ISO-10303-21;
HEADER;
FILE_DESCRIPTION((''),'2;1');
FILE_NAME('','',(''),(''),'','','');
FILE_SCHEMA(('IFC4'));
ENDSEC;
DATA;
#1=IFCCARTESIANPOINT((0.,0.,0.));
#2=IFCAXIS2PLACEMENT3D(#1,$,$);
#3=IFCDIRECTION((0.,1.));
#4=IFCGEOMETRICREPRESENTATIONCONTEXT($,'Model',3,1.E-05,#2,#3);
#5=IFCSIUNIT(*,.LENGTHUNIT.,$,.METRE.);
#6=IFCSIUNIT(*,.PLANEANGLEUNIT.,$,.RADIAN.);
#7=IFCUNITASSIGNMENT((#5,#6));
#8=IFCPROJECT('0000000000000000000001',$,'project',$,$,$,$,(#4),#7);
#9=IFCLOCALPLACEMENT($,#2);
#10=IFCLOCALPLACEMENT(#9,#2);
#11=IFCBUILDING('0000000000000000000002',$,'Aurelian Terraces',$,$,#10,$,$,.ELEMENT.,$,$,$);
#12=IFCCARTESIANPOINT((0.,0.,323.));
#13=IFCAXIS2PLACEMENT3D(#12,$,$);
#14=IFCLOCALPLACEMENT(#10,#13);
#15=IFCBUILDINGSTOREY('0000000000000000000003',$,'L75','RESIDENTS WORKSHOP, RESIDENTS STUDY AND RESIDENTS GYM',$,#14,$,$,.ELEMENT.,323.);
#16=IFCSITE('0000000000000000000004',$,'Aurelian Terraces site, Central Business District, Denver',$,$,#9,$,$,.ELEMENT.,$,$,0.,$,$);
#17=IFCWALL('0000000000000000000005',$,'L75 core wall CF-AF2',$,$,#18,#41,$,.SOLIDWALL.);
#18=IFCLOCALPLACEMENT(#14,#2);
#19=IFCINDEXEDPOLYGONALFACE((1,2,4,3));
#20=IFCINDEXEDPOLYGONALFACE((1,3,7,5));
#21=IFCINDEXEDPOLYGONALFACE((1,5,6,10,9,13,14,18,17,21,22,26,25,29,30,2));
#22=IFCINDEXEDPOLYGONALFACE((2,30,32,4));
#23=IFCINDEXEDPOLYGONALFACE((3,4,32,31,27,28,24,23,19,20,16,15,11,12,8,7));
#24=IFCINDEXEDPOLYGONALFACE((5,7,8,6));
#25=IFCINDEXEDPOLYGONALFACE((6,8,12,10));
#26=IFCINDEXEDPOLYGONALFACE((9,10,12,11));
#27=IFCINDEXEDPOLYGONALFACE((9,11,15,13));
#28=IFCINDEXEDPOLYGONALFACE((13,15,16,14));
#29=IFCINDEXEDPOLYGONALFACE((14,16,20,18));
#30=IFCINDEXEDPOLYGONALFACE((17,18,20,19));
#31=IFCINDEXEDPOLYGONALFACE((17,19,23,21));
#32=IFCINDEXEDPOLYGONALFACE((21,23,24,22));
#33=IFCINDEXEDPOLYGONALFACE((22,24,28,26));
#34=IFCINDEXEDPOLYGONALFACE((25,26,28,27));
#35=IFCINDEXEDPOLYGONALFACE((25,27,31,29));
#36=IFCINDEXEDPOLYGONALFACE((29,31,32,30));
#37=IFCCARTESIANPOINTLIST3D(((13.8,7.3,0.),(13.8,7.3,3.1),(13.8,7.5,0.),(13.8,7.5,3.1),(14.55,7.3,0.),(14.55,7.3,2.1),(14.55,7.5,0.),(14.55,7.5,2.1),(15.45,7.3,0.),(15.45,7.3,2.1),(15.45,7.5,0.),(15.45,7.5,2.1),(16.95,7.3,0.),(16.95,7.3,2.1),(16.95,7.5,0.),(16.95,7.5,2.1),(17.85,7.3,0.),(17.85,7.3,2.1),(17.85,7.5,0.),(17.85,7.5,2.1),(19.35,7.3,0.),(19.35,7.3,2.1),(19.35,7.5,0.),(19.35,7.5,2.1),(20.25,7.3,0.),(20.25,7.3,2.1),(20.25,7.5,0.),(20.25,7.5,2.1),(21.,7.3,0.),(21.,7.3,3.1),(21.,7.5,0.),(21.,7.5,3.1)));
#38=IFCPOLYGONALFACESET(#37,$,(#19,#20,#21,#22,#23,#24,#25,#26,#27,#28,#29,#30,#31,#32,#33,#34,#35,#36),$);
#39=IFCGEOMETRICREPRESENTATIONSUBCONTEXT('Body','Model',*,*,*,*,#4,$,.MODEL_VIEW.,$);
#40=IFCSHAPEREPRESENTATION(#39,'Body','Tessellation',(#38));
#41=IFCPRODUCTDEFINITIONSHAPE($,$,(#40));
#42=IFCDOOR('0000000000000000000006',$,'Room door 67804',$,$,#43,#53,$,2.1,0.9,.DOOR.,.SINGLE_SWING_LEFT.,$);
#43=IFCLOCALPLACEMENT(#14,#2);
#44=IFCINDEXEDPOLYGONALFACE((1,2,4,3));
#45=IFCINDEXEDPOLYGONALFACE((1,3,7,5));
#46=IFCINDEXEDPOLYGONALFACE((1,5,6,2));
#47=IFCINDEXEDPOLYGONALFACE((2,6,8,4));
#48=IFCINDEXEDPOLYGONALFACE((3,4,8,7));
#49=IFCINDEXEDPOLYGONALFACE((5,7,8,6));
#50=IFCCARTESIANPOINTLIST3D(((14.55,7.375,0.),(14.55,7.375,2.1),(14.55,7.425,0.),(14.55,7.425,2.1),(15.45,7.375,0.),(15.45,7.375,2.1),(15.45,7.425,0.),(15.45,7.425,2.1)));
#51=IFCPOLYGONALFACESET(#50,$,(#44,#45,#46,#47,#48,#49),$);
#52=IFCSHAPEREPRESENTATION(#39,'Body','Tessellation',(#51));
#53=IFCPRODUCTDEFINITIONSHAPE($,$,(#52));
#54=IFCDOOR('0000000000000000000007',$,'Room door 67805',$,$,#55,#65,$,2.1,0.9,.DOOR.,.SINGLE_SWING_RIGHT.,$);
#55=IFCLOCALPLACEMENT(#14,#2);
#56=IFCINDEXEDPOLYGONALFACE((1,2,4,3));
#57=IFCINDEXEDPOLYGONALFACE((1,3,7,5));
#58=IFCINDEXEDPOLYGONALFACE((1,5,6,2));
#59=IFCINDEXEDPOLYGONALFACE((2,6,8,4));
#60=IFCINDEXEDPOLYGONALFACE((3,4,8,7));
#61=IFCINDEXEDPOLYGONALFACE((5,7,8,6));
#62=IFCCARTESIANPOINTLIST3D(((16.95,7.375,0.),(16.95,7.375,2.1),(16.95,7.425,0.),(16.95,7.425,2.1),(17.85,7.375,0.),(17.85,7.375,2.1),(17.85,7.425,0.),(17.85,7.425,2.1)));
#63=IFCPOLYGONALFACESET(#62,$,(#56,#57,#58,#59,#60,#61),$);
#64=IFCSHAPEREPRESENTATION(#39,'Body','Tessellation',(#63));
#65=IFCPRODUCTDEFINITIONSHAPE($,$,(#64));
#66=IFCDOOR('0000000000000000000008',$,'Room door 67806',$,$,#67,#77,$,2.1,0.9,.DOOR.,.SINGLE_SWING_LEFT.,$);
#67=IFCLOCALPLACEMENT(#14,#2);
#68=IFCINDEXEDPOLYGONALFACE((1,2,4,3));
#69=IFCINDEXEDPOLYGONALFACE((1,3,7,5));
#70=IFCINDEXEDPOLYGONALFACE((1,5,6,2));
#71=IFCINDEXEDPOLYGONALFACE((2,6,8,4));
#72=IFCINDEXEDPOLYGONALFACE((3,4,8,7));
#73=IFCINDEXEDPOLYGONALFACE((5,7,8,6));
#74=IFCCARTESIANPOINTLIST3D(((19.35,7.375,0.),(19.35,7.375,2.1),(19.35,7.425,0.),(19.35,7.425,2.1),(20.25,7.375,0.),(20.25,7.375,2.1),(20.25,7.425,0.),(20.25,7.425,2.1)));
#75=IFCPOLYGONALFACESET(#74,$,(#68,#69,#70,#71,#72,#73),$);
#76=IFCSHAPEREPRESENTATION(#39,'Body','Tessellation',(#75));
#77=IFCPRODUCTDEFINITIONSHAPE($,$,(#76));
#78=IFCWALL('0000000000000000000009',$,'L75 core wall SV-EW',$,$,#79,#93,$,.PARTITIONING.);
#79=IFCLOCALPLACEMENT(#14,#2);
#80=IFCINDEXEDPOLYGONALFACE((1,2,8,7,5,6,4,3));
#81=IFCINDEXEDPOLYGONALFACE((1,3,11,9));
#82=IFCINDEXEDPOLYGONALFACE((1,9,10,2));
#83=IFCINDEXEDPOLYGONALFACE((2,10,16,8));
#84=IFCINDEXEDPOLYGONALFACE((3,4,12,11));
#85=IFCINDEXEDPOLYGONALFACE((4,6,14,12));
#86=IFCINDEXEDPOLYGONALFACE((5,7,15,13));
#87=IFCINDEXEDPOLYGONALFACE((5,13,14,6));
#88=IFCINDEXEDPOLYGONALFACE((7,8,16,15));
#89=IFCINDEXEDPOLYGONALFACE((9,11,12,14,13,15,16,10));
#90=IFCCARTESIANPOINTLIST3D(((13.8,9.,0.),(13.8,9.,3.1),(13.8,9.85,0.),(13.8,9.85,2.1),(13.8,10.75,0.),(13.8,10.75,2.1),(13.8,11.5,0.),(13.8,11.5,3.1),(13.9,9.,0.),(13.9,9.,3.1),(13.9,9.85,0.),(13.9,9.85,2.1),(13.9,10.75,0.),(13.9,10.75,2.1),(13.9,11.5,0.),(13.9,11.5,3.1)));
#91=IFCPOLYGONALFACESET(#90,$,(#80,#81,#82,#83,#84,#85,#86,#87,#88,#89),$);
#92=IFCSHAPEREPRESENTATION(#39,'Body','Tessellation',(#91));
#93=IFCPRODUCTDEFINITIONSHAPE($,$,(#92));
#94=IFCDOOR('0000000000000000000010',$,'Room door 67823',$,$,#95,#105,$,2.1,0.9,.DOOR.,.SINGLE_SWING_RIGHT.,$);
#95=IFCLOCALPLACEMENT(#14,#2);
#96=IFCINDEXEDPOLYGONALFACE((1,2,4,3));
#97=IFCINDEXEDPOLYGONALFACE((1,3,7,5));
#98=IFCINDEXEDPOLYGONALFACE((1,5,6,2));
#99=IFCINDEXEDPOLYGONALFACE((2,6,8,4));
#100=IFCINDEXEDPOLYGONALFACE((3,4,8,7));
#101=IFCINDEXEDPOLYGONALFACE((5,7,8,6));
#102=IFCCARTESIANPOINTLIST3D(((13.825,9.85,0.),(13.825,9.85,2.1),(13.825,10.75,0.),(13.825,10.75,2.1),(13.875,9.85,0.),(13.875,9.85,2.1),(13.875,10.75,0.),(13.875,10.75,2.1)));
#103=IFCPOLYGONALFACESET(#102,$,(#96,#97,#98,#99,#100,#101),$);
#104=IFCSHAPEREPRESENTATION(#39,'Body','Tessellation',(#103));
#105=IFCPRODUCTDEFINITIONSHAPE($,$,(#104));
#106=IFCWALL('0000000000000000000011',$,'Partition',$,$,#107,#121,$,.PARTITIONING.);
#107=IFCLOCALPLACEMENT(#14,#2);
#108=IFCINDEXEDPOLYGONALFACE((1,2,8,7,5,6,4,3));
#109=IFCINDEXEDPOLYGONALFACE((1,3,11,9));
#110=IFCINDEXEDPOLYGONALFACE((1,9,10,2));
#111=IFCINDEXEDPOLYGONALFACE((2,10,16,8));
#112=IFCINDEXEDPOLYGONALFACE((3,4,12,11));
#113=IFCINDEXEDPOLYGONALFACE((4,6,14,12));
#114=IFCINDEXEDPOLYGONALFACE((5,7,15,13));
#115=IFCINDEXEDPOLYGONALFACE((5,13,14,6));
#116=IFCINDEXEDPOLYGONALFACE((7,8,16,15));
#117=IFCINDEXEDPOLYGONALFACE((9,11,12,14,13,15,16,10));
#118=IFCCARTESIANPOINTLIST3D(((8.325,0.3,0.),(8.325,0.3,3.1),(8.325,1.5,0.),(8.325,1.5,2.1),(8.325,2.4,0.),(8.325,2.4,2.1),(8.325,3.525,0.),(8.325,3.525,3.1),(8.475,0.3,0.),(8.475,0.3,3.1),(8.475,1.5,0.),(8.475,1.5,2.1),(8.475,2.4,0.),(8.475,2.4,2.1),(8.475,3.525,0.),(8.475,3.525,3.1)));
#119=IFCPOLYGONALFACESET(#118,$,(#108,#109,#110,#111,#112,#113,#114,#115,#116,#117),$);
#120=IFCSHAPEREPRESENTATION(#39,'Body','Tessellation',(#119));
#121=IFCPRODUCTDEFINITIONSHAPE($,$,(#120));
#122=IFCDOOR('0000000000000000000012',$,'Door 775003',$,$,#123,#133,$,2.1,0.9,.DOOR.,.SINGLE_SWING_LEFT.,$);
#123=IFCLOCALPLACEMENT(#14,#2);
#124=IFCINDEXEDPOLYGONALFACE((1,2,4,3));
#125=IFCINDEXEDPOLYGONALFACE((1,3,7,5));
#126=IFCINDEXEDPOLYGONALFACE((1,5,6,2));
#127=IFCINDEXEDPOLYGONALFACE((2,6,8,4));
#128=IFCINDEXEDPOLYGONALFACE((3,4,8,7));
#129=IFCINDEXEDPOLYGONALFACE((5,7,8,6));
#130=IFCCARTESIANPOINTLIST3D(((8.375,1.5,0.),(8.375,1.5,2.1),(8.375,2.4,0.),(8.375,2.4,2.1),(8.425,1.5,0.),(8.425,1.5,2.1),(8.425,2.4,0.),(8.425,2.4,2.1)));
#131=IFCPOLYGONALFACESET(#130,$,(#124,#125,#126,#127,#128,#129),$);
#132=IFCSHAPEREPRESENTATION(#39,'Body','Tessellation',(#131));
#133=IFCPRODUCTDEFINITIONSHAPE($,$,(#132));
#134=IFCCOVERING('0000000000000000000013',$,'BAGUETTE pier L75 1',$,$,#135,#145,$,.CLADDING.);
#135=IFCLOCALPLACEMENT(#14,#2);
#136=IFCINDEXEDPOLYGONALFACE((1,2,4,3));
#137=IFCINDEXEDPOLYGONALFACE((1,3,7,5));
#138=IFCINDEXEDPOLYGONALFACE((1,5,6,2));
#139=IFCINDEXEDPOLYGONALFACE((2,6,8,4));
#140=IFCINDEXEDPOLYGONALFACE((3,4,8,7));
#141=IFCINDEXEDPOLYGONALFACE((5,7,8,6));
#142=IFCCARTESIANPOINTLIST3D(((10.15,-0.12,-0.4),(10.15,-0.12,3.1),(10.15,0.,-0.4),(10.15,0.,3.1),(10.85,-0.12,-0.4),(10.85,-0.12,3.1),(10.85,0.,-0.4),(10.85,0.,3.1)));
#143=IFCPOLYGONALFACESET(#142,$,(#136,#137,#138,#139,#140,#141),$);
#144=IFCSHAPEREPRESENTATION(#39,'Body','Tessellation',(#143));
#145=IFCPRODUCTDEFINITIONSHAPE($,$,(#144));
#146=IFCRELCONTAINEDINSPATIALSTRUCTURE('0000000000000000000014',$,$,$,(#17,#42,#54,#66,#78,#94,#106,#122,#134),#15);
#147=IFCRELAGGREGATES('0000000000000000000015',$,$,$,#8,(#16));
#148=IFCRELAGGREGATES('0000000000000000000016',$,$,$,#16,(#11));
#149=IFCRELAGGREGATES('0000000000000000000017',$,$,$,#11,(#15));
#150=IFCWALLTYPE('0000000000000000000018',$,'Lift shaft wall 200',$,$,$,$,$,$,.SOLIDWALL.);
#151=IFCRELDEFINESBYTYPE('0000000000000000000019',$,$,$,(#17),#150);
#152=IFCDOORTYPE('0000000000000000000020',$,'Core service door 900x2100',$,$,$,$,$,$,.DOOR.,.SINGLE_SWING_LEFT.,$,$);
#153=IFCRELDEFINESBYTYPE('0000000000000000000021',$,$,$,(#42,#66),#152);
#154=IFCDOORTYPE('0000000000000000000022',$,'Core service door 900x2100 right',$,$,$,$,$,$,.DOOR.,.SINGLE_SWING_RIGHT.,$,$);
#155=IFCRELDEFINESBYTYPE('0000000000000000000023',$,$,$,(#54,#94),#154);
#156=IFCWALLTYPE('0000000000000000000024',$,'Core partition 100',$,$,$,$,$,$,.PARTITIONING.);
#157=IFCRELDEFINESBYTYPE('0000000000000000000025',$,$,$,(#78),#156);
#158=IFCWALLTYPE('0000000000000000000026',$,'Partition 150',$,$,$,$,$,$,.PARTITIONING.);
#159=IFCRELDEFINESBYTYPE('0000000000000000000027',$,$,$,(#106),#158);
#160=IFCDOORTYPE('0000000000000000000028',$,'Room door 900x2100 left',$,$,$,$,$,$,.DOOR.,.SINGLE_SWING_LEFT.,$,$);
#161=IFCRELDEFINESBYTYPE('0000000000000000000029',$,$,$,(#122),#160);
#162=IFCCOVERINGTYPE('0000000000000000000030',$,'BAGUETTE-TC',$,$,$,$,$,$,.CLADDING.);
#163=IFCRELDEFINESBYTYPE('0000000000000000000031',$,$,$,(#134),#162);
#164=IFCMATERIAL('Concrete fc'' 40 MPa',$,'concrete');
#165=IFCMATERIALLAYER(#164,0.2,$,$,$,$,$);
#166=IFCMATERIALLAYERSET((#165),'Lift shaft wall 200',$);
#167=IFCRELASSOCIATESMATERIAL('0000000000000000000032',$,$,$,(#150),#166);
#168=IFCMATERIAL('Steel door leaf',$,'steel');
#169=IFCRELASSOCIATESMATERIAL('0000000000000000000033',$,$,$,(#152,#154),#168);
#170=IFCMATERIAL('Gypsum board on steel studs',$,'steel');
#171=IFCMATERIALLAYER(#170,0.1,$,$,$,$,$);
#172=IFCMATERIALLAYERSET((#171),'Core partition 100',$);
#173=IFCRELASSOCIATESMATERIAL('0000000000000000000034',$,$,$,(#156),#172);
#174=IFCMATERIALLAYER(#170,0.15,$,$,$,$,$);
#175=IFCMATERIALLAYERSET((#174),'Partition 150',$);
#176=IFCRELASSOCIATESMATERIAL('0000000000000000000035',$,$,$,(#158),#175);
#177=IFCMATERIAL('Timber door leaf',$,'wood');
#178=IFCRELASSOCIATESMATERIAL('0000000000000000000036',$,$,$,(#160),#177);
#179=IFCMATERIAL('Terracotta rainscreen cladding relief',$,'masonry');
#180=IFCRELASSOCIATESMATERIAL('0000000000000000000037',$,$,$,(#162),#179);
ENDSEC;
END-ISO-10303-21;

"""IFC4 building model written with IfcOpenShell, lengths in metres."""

from ifc_helpers import new_model, si_unit, direction, frame, frame_2d, origin, origin_2d, place, context, subcontext, project, spatial, rectangle, extrude, source, transform, mapped, material, layer, layer_set, type_object, element, fill, save


model = new_model("IFC4")

# Units and contexts
model_context = context("Model", 3, precision=1e-05, world=origin(), true_north=direction((0.0, 1.0)))
body_context = subcontext(model_context, "Body", "Model", "MODEL_VIEW")
ifc_project = project(units=[si_unit("LENGTHUNIT", "METRE"), si_unit("PLANEANGLEUNIT", "RADIAN")], contexts=[model_context])

# Site, building, storey
site_placement = place(None, origin())
site = spatial("IfcSite", under=ifc_project, at=site_placement, Name="Aurelian Terraces site, Central Business District, Denver", CompositionType="ELEMENT", RefElevation=0.0)
building_placement = place(site_placement, origin())
building = spatial("IfcBuilding", under=site, at=building_placement, Name="Aurelian Terraces", CompositionType="ELEMENT")
storey_placement = place(building_placement, frame((0.0, 0.0, 323.0)))
storey = spatial("IfcBuildingStorey", under=building, at=storey_placement, Name="L75", Description="RESIDENTS WORKSHOP, RESIDENTS STUDY AND RESIDENTS GYM", CompositionType="ELEMENT", Elevation=323.0)

# Shared definitions
ifc_material_1 = material(Name="Concrete fc' 40 MPa", Category="concrete")
ifc_layer_1 = layer(ifc_material_1, 0.2)
ifc_layer_set_1 = layer_set([ifc_layer_1], Name="Lift shaft wall 200")
wall_type_1 = type_object("IfcWallType", Name="Lift shaft wall 200", PredefinedType="SOLIDWALL", material=ifc_layer_set_1)
ifc_material_2 = material(Name="Gypsum board on steel studs", Category="steel")

# Wall, openings, doors
shared_shape_1 = source(origin(), body_context, "Body", "SweptSolid", [
    extrude(rectangle(XDim=7.2, YDim=0.2, at=frame_2d((3.6, 0.0))), origin(), (0.0, 0.0, 1.0), 3.1),
])
wall_1_placement = place(storey_placement, frame((13.8, 7.4, 0.0), z_axis=(0.0, 0.0, 1.0), x_axis=(1.0, 0.0, 0.0)))
wall_1 = element("IfcWall", 1, at=wall_1_placement, inside=storey, type_object=wall_type_1, Name="L75 core wall CF-AF2", PredefinedType="SOLIDWALL", context=body_context, shape_type="MappedRepresentation", body=[
    mapped(shared_shape_1, transform((0.0, 0.0, 0.0), scale=1.0)),
])
shared_shape_2 = source(origin(), body_context, "Body", "SweptSolid", [
    extrude(rectangle(XDim=0.9, YDim=2.1, at=frame_2d((0.45, 1.05))), frame((0.0, 0.11, 0.0), z_axis=(0.0, -1.0, 0.0), x_axis=(1.0, 0.0, 0.0)), (0.0, 0.0, 1.0), 0.22),
])
opening_1_placement = place(wall_1_placement, frame((0.75, 0.0, 0.0)))
opening_1 = element("IfcOpeningElement", 2, at=opening_1_placement, cuts=wall_1, PredefinedType="OPENING", context=body_context, shape_type="MappedRepresentation", body=[
    mapped(shared_shape_2, transform((0.0, 0.0, 0.0), scale=1.0)),
])
opening_2_placement = place(wall_1_placement, frame((3.15, 0.0, 0.0)))
opening_2 = element("IfcOpeningElement", 3, at=opening_2_placement, cuts=wall_1, PredefinedType="OPENING", context=body_context, shape_type="MappedRepresentation", body=[
    mapped(shared_shape_2, transform((0.0, 0.0, 0.0), scale=1.0)),
])
opening_3_placement = place(wall_1_placement, frame((5.55, 0.0, 0.0)))
opening_3 = element("IfcOpeningElement", 4, at=opening_3_placement, cuts=wall_1, PredefinedType="OPENING", context=body_context, shape_type="MappedRepresentation", body=[
    mapped(shared_shape_2, transform((0.0, 0.0, 0.0), scale=1.0)),
])
ifc_material_3 = material(Name="Steel door leaf", Category="steel")
door_type_1 = type_object("IfcDoorType", Name="Core service door 900x2100", OperationType="SINGLE_SWING_LEFT", PredefinedType="DOOR", material=ifc_material_3)
shared_shape_3 = source(origin(), body_context, "Body", "SweptSolid", [
    extrude(rectangle(XDim=0.9, YDim=2.1, at=frame_2d((0.45, 1.05))), frame((0.0, 0.025, 0.0), z_axis=(0.0, -1.0, 0.0), x_axis=(1.0, 0.0, 0.0)), (0.0, 0.0, 1.0), 0.05),
])
door_1_placement = place(opening_1_placement, origin())
door_1 = element("IfcDoor", 5, at=door_1_placement, inside=storey, type_object=door_type_1, Name="Room door 67804", OperationType="SINGLE_SWING_LEFT", OverallHeight=2.1, OverallWidth=0.9, PredefinedType="DOOR", context=body_context, shape_type="MappedRepresentation", body=[
    mapped(shared_shape_3, transform((0.0, 0.0, 0.0), scale=1.0)),
])
fill(opening_1, door_1)
door_type_2 = type_object("IfcDoorType", Name="Core service door 900x2100 right", OperationType="SINGLE_SWING_RIGHT", PredefinedType="DOOR", material=ifc_material_3)
door_2_placement = place(opening_2_placement, origin())
door_2 = element("IfcDoor", 6, at=door_2_placement, inside=storey, type_object=door_type_2, Name="Room door 67805", OperationType="SINGLE_SWING_RIGHT", OverallHeight=2.1, OverallWidth=0.9, PredefinedType="DOOR", context=body_context, shape_type="MappedRepresentation", body=[
    mapped(shared_shape_3, transform((0.0, 0.0, 0.0), scale=1.0)),
])
fill(opening_2, door_2)
door_3_placement = place(opening_3_placement, origin())
door_3 = element("IfcDoor", 7, at=door_3_placement, inside=storey, type_object=door_type_1, Name="Room door 67806", OperationType="SINGLE_SWING_LEFT", OverallHeight=2.1, OverallWidth=0.9, PredefinedType="DOOR", context=body_context, shape_type="MappedRepresentation", body=[
    mapped(shared_shape_3, transform((0.0, 0.0, 0.0), scale=1.0)),
])
fill(opening_3, door_3)

# Walls, openings, doors
ifc_layer_2 = layer(ifc_material_2, 0.1)
ifc_layer_set_2 = layer_set([ifc_layer_2], Name="Core partition 100")
wall_type_2 = type_object("IfcWallType", Name="Core partition 100", PredefinedType="PARTITIONING", material=ifc_layer_set_2)
shared_shape_4 = source(origin(), body_context, "Body", "SweptSolid", [
    extrude(rectangle(XDim=2.5, YDim=0.1, at=frame_2d((1.25, 0.0))), origin(), (0.0, 0.0, 1.0), 3.1),
])
wall_2_placement = place(storey_placement, frame((13.85, 9.0, 0.0), z_axis=(0.0, 0.0, 1.0), x_axis=(0.0, 1.0, 0.0)))
wall_2 = element("IfcWall", 8, at=wall_2_placement, inside=storey, type_object=wall_type_2, Name="L75 core wall SV-EW", PredefinedType="PARTITIONING", context=body_context, shape_type="MappedRepresentation", body=[
    mapped(shared_shape_4, transform((0.0, 0.0, 0.0), scale=1.0)),
])
shared_shape_5 = source(origin(), body_context, "Body", "SweptSolid", [
    extrude(rectangle(XDim=0.9, YDim=2.1, at=frame_2d((0.45, 1.05))), frame((0.0, 0.06, 0.0), z_axis=(0.0, -1.0, 0.0), x_axis=(1.0, 0.0, 0.0)), (0.0, 0.0, 1.0), 0.12),
])
opening_4_placement = place(wall_2_placement, frame((0.85, 0.0, 0.0)))
opening_4 = element("IfcOpeningElement", 9, at=opening_4_placement, cuts=wall_2, PredefinedType="OPENING", context=body_context, shape_type="MappedRepresentation", body=[
    mapped(shared_shape_5, transform((0.0, 0.0, 0.0), scale=1.0)),
])
door_4_placement = place(opening_4_placement, origin())
door_4 = element("IfcDoor", 10, at=door_4_placement, inside=storey, type_object=door_type_2, Name="Room door 67823", OperationType="SINGLE_SWING_RIGHT", OverallHeight=2.1, OverallWidth=0.9, PredefinedType="DOOR", context=body_context, shape_type="MappedRepresentation", body=[
    mapped(shared_shape_3, transform((0.0, 0.0, 0.0), scale=1.0)),
])
fill(opening_4, door_4)
ifc_layer_3 = layer(ifc_material_2, 0.15)
ifc_layer_set_3 = layer_set([ifc_layer_3], Name="Partition 150")
wall_type_3 = type_object("IfcWallType", Name="Partition 150", PredefinedType="PARTITIONING", material=ifc_layer_set_3)
shared_shape_6 = source(origin(), body_context, "Body", "SweptSolid", [
    extrude(rectangle(XDim=3.225, YDim=0.15, at=frame_2d((1.6125, 0.0))), origin(), (0.0, 0.0, 1.0), 3.1),
])
wall_3_placement = place(storey_placement, frame((8.4, 3.525, 0.0), z_axis=(0.0, 0.0, 1.0), x_axis=(0.0, -1.0, 0.0)))
wall_3 = element("IfcWall", 11, at=wall_3_placement, inside=storey, type_object=wall_type_3, Name="Partition", PredefinedType="PARTITIONING", context=body_context, shape_type="MappedRepresentation", body=[
    mapped(shared_shape_6, transform((0.0, 0.0, 0.0), scale=1.0)),
])
shared_shape_7 = source(origin(), body_context, "Body", "SweptSolid", [
    extrude(rectangle(XDim=0.9, YDim=2.1, at=frame_2d((0.45, 1.05))), frame((0.0, 0.085, 0.0), z_axis=(0.0, -1.0, 0.0), x_axis=(1.0, 0.0, 0.0)), (0.0, 0.0, 1.0), 0.17),
])
opening_5_placement = place(wall_3_placement, frame((1.125, 0.0, 0.0)))
opening_5 = element("IfcOpeningElement", 12, at=opening_5_placement, cuts=wall_3, PredefinedType="OPENING", context=body_context, shape_type="MappedRepresentation", body=[
    mapped(shared_shape_7, transform((0.0, 0.0, 0.0), scale=1.0)),
])
ifc_material_4 = material(Name="Timber door leaf", Category="wood")
door_type_3 = type_object("IfcDoorType", Name="Room door 900x2100 left", OperationType="SINGLE_SWING_LEFT", PredefinedType="DOOR", material=ifc_material_4)
door_5_placement = place(opening_5_placement, origin())
door_5 = element("IfcDoor", 13, at=door_5_placement, inside=storey, type_object=door_type_3, Name="Door 775003", OperationType="SINGLE_SWING_LEFT", OverallHeight=2.1, OverallWidth=0.9, PredefinedType="DOOR", context=body_context, shape_type="MappedRepresentation", body=[
    mapped(shared_shape_3, transform((0.0, 0.0, 0.0), scale=1.0)),
])
fill(opening_5, door_5)

# Covering
ifc_material_5 = material(Name="Terracotta rainscreen cladding relief", Category="masonry")
covering_type = type_object("IfcCoveringType", Name="BAGUETTE-TC", PredefinedType="CLADDING", material=ifc_material_5)
shared_shape_8 = source(origin(), body_context, "Body", "SweptSolid", [
    extrude(rectangle(XDim=0.7, YDim=0.12, at=origin_2d()), origin(), (0.0, 0.0, 1.0), 3.5),
])
covering_placement = place(storey_placement, frame((10.5, -0.06, -0.4), z_axis=(0.0, 0.0, 1.0), x_axis=(1.0, 0.0, 0.0)))
element("IfcCovering", 14, at=covering_placement, inside=storey, type_object=covering_type, Name="BAGUETTE pier L75 1", PredefinedType="CLADDING", context=body_context, shape_type="MappedRepresentation", body=[
    mapped(shared_shape_8, transform((0.0, 0.0, 0.0), scale=1.0)),
])

save(model, "model.ifc")
